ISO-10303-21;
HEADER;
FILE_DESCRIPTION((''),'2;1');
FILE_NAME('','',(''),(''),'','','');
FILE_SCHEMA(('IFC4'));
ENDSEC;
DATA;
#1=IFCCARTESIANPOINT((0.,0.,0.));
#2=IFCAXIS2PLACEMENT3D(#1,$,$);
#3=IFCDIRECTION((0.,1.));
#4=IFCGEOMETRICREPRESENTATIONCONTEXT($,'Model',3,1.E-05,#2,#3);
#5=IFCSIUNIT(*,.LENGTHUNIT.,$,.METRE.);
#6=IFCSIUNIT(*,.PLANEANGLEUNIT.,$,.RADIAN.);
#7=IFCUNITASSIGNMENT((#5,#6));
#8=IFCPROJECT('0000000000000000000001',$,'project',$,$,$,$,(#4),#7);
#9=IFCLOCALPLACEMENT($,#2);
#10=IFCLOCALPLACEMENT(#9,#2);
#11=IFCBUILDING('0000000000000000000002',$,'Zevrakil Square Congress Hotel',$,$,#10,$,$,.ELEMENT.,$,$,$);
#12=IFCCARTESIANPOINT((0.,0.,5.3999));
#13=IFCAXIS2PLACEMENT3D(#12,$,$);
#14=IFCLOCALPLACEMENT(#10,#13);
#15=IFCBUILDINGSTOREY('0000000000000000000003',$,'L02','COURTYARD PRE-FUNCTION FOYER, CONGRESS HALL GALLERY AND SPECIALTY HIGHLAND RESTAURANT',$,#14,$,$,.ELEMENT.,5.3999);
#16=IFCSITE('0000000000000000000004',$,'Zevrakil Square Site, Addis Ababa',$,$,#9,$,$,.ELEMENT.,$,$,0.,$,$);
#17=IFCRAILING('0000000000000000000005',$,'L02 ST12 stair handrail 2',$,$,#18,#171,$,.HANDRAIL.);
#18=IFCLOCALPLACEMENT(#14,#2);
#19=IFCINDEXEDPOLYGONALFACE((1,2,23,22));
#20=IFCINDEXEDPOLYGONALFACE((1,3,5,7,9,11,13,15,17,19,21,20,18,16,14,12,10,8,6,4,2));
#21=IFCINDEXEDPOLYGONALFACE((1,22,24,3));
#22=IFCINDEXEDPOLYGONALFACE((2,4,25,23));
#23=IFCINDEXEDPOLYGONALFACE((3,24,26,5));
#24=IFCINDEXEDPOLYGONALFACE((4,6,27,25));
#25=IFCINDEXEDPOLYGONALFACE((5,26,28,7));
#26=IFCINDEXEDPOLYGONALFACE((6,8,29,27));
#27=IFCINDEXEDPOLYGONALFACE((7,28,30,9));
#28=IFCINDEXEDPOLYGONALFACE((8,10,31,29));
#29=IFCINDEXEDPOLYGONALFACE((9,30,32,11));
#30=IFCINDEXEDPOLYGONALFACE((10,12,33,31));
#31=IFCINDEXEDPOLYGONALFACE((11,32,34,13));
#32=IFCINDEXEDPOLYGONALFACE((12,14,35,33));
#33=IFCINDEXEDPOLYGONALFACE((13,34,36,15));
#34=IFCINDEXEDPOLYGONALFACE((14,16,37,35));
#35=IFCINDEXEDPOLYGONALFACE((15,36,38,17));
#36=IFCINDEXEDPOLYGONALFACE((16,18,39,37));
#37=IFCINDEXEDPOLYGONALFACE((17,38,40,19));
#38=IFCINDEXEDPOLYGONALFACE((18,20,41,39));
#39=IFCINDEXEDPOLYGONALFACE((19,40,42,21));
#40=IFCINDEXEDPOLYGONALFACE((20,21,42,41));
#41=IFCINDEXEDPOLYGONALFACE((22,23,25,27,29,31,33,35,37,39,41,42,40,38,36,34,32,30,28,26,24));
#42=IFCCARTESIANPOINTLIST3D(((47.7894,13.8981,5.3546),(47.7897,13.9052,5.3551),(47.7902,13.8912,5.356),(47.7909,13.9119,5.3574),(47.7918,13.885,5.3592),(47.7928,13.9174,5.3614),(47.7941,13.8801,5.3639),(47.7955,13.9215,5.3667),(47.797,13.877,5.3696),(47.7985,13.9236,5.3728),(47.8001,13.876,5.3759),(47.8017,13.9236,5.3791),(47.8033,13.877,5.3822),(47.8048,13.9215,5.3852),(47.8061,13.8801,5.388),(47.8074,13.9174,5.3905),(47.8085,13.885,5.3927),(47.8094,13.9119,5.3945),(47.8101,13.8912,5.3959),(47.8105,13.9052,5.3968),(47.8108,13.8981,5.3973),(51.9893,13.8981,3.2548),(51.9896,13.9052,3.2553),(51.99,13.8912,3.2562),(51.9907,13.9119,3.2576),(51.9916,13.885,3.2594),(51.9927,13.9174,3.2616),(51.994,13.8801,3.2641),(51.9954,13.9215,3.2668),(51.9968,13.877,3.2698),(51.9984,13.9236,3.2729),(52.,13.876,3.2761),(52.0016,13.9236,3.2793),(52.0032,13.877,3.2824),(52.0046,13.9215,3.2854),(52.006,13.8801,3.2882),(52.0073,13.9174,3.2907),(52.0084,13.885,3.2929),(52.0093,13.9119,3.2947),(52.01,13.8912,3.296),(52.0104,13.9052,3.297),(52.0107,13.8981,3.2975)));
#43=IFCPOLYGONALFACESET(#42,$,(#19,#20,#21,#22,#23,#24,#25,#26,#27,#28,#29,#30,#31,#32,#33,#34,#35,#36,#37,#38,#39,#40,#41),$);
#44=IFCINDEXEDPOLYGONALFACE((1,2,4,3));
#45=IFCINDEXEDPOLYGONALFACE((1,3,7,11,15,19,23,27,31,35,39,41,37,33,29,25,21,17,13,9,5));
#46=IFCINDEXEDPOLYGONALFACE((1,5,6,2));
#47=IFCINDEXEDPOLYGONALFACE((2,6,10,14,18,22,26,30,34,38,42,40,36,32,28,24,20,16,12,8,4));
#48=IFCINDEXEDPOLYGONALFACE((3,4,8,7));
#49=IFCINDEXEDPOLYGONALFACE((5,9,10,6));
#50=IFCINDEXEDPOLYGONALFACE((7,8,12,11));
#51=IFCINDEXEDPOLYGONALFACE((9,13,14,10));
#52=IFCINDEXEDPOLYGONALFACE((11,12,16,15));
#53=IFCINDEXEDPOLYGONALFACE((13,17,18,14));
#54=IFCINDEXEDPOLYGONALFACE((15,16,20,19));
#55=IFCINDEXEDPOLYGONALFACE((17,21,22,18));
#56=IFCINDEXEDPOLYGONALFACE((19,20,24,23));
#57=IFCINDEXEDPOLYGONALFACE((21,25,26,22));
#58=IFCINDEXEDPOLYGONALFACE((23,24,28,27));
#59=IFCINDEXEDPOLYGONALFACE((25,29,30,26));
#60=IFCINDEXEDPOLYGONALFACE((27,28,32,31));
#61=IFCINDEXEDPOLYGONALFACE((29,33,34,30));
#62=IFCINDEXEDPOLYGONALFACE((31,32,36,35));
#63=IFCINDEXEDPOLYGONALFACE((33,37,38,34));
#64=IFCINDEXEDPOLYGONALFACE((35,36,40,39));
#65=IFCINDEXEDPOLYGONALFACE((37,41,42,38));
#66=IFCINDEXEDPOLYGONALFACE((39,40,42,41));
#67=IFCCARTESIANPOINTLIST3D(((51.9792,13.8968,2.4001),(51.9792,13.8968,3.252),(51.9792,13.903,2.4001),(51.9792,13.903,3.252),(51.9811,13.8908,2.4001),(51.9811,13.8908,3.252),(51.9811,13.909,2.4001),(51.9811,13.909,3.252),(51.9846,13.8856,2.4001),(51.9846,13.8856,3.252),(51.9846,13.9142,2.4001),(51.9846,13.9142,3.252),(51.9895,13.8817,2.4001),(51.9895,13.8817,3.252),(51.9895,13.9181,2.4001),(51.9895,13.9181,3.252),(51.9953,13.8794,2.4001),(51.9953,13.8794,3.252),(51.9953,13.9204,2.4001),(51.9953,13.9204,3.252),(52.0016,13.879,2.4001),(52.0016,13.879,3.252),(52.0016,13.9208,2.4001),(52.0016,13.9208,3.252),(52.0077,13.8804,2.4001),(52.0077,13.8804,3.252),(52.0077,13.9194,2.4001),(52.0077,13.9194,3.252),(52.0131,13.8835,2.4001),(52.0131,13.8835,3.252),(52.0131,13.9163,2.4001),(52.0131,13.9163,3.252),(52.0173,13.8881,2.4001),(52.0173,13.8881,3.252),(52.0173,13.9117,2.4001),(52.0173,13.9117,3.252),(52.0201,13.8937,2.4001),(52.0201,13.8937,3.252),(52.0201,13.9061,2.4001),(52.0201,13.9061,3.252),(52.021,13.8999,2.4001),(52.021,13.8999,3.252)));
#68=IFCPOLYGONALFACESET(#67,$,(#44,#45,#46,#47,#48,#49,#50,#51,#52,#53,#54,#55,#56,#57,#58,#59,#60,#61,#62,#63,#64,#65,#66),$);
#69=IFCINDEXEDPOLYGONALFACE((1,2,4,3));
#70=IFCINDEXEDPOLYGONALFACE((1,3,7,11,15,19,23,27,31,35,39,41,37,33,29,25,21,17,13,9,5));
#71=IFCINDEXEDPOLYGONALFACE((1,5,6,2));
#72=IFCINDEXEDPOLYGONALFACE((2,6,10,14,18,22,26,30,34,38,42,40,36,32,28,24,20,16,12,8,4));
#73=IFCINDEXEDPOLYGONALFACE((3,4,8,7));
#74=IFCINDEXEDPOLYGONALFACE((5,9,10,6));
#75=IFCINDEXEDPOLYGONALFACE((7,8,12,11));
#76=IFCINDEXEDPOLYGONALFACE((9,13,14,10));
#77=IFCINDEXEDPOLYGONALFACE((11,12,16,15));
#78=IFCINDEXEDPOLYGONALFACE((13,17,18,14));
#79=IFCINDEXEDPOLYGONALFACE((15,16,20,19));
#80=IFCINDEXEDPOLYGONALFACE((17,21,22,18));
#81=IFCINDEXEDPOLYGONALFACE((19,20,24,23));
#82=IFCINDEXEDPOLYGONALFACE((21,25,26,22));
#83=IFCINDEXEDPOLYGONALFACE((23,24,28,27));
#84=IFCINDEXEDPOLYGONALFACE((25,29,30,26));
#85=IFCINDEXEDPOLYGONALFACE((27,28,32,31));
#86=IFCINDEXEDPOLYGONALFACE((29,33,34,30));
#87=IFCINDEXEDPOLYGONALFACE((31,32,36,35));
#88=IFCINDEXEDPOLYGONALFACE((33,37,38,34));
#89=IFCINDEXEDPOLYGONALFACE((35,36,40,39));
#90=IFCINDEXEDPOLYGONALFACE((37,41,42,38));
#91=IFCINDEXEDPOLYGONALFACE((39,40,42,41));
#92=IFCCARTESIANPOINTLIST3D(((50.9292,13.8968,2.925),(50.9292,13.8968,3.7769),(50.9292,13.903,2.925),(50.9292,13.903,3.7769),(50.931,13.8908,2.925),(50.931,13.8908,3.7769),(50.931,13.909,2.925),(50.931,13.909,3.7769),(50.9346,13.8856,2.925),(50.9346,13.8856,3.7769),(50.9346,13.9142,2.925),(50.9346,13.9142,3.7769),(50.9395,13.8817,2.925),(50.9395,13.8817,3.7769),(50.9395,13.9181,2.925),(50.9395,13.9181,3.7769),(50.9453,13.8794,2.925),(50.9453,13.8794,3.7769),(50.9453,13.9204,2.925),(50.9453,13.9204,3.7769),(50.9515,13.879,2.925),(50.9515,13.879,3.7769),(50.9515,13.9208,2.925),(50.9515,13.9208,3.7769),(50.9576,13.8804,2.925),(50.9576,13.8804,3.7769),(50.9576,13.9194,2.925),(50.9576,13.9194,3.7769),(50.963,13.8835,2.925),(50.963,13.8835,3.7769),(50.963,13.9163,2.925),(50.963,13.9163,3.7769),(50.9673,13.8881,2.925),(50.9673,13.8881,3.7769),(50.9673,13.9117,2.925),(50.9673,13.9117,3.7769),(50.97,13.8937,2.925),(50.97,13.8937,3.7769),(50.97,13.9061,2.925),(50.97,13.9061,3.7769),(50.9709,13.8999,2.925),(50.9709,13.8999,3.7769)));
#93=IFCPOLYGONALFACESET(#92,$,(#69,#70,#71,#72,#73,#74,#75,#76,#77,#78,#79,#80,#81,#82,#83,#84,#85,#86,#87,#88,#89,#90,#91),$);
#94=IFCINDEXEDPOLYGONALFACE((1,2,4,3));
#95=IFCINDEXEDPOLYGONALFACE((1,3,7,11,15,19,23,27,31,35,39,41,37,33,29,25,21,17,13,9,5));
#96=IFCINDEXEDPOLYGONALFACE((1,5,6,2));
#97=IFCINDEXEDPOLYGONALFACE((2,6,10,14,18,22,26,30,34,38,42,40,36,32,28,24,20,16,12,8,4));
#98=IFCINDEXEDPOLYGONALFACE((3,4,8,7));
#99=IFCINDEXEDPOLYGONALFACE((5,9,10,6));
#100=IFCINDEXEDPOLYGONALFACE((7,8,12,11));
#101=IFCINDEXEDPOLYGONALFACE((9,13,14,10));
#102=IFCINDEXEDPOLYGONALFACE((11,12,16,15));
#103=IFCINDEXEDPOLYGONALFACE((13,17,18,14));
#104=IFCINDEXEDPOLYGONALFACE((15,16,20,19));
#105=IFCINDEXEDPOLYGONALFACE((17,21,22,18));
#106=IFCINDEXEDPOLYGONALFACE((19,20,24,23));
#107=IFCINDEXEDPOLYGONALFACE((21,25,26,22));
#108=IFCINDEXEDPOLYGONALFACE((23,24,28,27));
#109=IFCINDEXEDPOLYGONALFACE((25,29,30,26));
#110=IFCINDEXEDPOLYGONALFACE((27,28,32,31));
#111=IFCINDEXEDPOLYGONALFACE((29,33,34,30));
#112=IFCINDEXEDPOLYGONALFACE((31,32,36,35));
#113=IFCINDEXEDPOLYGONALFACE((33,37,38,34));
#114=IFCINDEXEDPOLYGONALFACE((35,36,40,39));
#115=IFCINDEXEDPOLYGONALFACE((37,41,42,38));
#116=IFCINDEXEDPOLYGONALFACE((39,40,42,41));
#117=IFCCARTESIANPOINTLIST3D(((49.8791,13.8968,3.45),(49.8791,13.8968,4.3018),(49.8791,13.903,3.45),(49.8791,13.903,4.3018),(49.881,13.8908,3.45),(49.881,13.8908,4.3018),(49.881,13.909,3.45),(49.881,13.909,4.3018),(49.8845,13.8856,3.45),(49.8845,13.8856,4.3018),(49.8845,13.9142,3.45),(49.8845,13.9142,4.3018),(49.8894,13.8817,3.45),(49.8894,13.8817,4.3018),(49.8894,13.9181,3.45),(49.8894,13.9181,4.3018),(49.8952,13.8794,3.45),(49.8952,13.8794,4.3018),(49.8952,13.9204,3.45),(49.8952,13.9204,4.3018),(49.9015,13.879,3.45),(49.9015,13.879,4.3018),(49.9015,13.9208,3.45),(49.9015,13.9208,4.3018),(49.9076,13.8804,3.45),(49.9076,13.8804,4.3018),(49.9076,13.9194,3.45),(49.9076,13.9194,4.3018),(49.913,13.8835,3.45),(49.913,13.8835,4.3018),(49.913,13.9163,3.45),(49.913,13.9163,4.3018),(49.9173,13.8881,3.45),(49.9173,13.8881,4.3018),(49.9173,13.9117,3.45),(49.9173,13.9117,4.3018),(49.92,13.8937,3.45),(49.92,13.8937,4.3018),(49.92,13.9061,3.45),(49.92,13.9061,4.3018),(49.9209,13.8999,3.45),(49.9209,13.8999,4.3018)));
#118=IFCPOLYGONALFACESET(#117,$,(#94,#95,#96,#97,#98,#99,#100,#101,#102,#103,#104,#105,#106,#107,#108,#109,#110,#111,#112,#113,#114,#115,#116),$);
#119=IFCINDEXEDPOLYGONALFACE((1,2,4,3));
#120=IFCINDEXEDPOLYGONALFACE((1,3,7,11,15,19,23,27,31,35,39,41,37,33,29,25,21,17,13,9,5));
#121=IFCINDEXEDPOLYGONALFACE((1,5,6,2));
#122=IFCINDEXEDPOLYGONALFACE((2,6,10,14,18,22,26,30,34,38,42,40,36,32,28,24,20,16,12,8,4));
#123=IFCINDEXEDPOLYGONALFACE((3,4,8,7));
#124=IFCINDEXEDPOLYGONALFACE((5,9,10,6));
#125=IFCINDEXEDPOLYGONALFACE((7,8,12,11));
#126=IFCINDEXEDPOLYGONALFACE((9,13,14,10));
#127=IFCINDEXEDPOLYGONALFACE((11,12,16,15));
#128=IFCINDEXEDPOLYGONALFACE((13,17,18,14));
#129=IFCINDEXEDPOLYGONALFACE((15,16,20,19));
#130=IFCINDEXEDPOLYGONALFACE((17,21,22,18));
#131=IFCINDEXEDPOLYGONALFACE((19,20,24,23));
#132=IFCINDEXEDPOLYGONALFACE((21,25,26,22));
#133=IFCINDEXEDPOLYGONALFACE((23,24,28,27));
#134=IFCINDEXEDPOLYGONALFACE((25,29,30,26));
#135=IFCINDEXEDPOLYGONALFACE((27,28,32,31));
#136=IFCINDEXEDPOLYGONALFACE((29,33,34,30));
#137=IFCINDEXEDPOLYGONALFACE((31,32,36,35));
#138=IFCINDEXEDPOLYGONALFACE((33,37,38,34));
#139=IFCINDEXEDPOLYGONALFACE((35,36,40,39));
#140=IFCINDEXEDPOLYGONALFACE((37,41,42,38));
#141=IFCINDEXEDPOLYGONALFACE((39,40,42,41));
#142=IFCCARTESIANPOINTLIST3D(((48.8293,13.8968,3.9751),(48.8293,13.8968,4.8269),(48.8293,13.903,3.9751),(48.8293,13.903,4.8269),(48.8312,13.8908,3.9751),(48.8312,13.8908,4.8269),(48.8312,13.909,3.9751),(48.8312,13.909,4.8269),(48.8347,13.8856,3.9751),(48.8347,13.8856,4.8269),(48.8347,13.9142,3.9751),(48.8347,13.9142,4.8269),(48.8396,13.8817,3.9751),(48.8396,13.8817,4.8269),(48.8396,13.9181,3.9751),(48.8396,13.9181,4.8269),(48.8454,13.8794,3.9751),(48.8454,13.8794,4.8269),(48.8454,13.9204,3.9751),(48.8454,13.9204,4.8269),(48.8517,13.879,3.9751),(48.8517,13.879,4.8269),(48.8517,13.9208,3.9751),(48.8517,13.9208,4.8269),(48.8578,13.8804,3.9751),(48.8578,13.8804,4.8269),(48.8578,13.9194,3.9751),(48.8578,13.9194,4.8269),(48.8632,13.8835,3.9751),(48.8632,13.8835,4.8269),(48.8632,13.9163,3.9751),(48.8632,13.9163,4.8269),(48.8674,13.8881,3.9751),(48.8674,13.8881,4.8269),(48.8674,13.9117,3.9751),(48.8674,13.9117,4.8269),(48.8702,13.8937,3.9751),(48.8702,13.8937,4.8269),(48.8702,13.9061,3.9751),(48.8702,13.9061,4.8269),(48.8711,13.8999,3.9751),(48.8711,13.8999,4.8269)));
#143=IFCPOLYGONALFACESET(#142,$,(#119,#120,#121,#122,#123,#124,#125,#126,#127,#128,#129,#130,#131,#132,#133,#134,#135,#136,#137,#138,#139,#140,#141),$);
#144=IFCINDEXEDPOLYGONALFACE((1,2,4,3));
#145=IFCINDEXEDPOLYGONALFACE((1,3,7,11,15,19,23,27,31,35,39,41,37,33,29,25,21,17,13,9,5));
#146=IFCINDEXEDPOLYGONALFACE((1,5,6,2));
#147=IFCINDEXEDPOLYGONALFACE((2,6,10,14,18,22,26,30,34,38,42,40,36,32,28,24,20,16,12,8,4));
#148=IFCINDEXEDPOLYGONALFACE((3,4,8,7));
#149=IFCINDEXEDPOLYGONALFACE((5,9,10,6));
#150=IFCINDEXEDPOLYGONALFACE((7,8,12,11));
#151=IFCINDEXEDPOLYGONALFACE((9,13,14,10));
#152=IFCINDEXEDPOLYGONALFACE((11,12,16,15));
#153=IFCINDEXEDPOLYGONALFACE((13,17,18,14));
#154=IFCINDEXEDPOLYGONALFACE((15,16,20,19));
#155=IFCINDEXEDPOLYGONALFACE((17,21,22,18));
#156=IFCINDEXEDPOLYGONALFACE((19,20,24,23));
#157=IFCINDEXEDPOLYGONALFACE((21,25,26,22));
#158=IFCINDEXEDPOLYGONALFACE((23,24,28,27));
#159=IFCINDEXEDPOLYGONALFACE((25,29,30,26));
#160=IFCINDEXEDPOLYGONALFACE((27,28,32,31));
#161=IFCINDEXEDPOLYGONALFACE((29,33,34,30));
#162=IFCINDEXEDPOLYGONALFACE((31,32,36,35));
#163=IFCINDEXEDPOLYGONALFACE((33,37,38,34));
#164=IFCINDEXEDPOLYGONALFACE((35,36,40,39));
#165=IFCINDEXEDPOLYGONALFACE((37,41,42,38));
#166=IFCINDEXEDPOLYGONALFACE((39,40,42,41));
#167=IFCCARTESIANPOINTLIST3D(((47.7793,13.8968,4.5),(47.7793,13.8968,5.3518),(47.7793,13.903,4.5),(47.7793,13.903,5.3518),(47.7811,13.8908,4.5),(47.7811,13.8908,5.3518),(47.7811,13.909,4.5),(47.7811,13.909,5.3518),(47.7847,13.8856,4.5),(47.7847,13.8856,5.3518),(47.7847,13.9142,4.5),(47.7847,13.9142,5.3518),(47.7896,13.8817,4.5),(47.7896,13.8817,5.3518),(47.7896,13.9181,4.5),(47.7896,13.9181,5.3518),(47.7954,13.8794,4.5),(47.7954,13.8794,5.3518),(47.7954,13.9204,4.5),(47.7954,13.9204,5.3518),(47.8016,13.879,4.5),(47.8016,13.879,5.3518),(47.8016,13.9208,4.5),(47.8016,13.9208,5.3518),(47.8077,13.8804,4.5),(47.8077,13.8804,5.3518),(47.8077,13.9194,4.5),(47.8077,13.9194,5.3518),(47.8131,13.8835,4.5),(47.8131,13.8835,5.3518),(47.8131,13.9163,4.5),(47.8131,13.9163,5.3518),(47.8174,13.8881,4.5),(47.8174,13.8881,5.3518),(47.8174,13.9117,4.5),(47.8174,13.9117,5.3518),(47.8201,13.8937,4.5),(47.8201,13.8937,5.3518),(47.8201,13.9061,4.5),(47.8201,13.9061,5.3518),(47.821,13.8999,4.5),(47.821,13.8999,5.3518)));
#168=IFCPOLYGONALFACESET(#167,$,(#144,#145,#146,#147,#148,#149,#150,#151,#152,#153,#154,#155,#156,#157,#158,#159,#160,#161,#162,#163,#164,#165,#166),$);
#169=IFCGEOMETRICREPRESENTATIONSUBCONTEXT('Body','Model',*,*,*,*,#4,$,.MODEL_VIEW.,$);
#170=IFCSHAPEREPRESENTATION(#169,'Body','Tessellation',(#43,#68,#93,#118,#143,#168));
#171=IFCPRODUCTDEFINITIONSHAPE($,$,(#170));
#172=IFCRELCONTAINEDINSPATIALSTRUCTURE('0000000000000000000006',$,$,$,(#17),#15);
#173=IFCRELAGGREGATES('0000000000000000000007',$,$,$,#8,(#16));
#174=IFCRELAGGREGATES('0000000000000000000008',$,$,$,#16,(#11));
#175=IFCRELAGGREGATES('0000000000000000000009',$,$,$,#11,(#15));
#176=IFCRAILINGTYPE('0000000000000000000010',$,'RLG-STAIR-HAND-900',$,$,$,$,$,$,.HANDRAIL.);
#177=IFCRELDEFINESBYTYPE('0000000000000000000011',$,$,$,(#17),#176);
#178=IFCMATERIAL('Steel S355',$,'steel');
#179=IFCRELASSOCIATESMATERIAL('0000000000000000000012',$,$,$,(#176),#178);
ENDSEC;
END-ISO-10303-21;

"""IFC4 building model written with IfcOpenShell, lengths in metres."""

from ifc_helpers import new_model, si_unit, direction, frame, origin, origin_2d, place, context, subcontext, project, spatial, circle, extrude, material, type_object, element, save


model = new_model("IFC4")

# Units and contexts
model_context = context("Model", 3, precision=1e-05, world=origin(), true_north=direction((0.0, 1.0)))
body_context = subcontext(model_context, "Body", "Model", "MODEL_VIEW")
ifc_project = project(units=[si_unit("LENGTHUNIT", "METRE"), si_unit("PLANEANGLEUNIT", "RADIAN")], contexts=[model_context])

# Site, building, storey
site_placement = place(None, origin())
site = spatial("IfcSite", under=ifc_project, at=site_placement, Name="Zevrakil Square Site, Addis Ababa", CompositionType="ELEMENT", RefElevation=0.0)
building_placement = place(site_placement, origin())
building = spatial("IfcBuilding", under=site, at=building_placement, Name="Zevrakil Square Congress Hotel", CompositionType="ELEMENT")
storey_placement = place(building_placement, frame((0.0, 0.0, 5.3999)))
storey = spatial("IfcBuildingStorey", under=building, at=storey_placement, Name="L02", Description="COURTYARD PRE-FUNCTION FOYER, CONGRESS HALL GALLERY AND SPECIALTY HIGHLAND RESTAURANT", CompositionType="ELEMENT", Elevation=5.3999)

# Railing
ifc_material_1 = material(Name="Steel S355", Category="steel")
railing_type_1 = type_object("IfcRailingType", Name="RLG-STAIR-HAND-900", PredefinedType="HANDRAIL", material=ifc_material_1)
railing_1_placement = place(storey_placement, frame((52.0, 13.8999, 2.4001)))
element("IfcRailing", 1, at=railing_1_placement, inside=storey, type_object=railing_type_1, Name="L02 ST12 stair handrail 2", PredefinedType="HANDRAIL", context=body_context, shape_type="SweptSolid", body=[
    extrude(circle(Radius=0.0239, at=origin_2d()), frame((0.0, 0.0, 0.876), z_axis=(-0.894438, 0.0, 0.447193), x_axis=(0.0, -1.0, 0.0)), (0.0, 0.0, 1.0), 4.6956),
    extrude(circle(Radius=0.021, at=origin_2d()), origin(), (0.0, 0.0, 1.0), 0.8518),
    extrude(circle(Radius=0.021, at=origin_2d()), frame((-1.05, 0.0, 0.5249)), (0.0, 0.0, 1.0), 0.8518),
    extrude(circle(Radius=0.021, at=origin_2d()), frame((-2.1001, 0.0, 1.0498)), (0.0, 0.0, 1.0), 0.8518),
    extrude(circle(Radius=0.021, at=origin_2d()), frame((-3.1499, 0.0, 1.575)), (0.0, 0.0, 1.0), 0.8518),
    extrude(circle(Radius=0.021, at=origin_2d()), frame((-4.2, 0.0, 2.0999)), (0.0, 0.0, 1.0), 0.8518),
])

save(model, "model.ifc")
